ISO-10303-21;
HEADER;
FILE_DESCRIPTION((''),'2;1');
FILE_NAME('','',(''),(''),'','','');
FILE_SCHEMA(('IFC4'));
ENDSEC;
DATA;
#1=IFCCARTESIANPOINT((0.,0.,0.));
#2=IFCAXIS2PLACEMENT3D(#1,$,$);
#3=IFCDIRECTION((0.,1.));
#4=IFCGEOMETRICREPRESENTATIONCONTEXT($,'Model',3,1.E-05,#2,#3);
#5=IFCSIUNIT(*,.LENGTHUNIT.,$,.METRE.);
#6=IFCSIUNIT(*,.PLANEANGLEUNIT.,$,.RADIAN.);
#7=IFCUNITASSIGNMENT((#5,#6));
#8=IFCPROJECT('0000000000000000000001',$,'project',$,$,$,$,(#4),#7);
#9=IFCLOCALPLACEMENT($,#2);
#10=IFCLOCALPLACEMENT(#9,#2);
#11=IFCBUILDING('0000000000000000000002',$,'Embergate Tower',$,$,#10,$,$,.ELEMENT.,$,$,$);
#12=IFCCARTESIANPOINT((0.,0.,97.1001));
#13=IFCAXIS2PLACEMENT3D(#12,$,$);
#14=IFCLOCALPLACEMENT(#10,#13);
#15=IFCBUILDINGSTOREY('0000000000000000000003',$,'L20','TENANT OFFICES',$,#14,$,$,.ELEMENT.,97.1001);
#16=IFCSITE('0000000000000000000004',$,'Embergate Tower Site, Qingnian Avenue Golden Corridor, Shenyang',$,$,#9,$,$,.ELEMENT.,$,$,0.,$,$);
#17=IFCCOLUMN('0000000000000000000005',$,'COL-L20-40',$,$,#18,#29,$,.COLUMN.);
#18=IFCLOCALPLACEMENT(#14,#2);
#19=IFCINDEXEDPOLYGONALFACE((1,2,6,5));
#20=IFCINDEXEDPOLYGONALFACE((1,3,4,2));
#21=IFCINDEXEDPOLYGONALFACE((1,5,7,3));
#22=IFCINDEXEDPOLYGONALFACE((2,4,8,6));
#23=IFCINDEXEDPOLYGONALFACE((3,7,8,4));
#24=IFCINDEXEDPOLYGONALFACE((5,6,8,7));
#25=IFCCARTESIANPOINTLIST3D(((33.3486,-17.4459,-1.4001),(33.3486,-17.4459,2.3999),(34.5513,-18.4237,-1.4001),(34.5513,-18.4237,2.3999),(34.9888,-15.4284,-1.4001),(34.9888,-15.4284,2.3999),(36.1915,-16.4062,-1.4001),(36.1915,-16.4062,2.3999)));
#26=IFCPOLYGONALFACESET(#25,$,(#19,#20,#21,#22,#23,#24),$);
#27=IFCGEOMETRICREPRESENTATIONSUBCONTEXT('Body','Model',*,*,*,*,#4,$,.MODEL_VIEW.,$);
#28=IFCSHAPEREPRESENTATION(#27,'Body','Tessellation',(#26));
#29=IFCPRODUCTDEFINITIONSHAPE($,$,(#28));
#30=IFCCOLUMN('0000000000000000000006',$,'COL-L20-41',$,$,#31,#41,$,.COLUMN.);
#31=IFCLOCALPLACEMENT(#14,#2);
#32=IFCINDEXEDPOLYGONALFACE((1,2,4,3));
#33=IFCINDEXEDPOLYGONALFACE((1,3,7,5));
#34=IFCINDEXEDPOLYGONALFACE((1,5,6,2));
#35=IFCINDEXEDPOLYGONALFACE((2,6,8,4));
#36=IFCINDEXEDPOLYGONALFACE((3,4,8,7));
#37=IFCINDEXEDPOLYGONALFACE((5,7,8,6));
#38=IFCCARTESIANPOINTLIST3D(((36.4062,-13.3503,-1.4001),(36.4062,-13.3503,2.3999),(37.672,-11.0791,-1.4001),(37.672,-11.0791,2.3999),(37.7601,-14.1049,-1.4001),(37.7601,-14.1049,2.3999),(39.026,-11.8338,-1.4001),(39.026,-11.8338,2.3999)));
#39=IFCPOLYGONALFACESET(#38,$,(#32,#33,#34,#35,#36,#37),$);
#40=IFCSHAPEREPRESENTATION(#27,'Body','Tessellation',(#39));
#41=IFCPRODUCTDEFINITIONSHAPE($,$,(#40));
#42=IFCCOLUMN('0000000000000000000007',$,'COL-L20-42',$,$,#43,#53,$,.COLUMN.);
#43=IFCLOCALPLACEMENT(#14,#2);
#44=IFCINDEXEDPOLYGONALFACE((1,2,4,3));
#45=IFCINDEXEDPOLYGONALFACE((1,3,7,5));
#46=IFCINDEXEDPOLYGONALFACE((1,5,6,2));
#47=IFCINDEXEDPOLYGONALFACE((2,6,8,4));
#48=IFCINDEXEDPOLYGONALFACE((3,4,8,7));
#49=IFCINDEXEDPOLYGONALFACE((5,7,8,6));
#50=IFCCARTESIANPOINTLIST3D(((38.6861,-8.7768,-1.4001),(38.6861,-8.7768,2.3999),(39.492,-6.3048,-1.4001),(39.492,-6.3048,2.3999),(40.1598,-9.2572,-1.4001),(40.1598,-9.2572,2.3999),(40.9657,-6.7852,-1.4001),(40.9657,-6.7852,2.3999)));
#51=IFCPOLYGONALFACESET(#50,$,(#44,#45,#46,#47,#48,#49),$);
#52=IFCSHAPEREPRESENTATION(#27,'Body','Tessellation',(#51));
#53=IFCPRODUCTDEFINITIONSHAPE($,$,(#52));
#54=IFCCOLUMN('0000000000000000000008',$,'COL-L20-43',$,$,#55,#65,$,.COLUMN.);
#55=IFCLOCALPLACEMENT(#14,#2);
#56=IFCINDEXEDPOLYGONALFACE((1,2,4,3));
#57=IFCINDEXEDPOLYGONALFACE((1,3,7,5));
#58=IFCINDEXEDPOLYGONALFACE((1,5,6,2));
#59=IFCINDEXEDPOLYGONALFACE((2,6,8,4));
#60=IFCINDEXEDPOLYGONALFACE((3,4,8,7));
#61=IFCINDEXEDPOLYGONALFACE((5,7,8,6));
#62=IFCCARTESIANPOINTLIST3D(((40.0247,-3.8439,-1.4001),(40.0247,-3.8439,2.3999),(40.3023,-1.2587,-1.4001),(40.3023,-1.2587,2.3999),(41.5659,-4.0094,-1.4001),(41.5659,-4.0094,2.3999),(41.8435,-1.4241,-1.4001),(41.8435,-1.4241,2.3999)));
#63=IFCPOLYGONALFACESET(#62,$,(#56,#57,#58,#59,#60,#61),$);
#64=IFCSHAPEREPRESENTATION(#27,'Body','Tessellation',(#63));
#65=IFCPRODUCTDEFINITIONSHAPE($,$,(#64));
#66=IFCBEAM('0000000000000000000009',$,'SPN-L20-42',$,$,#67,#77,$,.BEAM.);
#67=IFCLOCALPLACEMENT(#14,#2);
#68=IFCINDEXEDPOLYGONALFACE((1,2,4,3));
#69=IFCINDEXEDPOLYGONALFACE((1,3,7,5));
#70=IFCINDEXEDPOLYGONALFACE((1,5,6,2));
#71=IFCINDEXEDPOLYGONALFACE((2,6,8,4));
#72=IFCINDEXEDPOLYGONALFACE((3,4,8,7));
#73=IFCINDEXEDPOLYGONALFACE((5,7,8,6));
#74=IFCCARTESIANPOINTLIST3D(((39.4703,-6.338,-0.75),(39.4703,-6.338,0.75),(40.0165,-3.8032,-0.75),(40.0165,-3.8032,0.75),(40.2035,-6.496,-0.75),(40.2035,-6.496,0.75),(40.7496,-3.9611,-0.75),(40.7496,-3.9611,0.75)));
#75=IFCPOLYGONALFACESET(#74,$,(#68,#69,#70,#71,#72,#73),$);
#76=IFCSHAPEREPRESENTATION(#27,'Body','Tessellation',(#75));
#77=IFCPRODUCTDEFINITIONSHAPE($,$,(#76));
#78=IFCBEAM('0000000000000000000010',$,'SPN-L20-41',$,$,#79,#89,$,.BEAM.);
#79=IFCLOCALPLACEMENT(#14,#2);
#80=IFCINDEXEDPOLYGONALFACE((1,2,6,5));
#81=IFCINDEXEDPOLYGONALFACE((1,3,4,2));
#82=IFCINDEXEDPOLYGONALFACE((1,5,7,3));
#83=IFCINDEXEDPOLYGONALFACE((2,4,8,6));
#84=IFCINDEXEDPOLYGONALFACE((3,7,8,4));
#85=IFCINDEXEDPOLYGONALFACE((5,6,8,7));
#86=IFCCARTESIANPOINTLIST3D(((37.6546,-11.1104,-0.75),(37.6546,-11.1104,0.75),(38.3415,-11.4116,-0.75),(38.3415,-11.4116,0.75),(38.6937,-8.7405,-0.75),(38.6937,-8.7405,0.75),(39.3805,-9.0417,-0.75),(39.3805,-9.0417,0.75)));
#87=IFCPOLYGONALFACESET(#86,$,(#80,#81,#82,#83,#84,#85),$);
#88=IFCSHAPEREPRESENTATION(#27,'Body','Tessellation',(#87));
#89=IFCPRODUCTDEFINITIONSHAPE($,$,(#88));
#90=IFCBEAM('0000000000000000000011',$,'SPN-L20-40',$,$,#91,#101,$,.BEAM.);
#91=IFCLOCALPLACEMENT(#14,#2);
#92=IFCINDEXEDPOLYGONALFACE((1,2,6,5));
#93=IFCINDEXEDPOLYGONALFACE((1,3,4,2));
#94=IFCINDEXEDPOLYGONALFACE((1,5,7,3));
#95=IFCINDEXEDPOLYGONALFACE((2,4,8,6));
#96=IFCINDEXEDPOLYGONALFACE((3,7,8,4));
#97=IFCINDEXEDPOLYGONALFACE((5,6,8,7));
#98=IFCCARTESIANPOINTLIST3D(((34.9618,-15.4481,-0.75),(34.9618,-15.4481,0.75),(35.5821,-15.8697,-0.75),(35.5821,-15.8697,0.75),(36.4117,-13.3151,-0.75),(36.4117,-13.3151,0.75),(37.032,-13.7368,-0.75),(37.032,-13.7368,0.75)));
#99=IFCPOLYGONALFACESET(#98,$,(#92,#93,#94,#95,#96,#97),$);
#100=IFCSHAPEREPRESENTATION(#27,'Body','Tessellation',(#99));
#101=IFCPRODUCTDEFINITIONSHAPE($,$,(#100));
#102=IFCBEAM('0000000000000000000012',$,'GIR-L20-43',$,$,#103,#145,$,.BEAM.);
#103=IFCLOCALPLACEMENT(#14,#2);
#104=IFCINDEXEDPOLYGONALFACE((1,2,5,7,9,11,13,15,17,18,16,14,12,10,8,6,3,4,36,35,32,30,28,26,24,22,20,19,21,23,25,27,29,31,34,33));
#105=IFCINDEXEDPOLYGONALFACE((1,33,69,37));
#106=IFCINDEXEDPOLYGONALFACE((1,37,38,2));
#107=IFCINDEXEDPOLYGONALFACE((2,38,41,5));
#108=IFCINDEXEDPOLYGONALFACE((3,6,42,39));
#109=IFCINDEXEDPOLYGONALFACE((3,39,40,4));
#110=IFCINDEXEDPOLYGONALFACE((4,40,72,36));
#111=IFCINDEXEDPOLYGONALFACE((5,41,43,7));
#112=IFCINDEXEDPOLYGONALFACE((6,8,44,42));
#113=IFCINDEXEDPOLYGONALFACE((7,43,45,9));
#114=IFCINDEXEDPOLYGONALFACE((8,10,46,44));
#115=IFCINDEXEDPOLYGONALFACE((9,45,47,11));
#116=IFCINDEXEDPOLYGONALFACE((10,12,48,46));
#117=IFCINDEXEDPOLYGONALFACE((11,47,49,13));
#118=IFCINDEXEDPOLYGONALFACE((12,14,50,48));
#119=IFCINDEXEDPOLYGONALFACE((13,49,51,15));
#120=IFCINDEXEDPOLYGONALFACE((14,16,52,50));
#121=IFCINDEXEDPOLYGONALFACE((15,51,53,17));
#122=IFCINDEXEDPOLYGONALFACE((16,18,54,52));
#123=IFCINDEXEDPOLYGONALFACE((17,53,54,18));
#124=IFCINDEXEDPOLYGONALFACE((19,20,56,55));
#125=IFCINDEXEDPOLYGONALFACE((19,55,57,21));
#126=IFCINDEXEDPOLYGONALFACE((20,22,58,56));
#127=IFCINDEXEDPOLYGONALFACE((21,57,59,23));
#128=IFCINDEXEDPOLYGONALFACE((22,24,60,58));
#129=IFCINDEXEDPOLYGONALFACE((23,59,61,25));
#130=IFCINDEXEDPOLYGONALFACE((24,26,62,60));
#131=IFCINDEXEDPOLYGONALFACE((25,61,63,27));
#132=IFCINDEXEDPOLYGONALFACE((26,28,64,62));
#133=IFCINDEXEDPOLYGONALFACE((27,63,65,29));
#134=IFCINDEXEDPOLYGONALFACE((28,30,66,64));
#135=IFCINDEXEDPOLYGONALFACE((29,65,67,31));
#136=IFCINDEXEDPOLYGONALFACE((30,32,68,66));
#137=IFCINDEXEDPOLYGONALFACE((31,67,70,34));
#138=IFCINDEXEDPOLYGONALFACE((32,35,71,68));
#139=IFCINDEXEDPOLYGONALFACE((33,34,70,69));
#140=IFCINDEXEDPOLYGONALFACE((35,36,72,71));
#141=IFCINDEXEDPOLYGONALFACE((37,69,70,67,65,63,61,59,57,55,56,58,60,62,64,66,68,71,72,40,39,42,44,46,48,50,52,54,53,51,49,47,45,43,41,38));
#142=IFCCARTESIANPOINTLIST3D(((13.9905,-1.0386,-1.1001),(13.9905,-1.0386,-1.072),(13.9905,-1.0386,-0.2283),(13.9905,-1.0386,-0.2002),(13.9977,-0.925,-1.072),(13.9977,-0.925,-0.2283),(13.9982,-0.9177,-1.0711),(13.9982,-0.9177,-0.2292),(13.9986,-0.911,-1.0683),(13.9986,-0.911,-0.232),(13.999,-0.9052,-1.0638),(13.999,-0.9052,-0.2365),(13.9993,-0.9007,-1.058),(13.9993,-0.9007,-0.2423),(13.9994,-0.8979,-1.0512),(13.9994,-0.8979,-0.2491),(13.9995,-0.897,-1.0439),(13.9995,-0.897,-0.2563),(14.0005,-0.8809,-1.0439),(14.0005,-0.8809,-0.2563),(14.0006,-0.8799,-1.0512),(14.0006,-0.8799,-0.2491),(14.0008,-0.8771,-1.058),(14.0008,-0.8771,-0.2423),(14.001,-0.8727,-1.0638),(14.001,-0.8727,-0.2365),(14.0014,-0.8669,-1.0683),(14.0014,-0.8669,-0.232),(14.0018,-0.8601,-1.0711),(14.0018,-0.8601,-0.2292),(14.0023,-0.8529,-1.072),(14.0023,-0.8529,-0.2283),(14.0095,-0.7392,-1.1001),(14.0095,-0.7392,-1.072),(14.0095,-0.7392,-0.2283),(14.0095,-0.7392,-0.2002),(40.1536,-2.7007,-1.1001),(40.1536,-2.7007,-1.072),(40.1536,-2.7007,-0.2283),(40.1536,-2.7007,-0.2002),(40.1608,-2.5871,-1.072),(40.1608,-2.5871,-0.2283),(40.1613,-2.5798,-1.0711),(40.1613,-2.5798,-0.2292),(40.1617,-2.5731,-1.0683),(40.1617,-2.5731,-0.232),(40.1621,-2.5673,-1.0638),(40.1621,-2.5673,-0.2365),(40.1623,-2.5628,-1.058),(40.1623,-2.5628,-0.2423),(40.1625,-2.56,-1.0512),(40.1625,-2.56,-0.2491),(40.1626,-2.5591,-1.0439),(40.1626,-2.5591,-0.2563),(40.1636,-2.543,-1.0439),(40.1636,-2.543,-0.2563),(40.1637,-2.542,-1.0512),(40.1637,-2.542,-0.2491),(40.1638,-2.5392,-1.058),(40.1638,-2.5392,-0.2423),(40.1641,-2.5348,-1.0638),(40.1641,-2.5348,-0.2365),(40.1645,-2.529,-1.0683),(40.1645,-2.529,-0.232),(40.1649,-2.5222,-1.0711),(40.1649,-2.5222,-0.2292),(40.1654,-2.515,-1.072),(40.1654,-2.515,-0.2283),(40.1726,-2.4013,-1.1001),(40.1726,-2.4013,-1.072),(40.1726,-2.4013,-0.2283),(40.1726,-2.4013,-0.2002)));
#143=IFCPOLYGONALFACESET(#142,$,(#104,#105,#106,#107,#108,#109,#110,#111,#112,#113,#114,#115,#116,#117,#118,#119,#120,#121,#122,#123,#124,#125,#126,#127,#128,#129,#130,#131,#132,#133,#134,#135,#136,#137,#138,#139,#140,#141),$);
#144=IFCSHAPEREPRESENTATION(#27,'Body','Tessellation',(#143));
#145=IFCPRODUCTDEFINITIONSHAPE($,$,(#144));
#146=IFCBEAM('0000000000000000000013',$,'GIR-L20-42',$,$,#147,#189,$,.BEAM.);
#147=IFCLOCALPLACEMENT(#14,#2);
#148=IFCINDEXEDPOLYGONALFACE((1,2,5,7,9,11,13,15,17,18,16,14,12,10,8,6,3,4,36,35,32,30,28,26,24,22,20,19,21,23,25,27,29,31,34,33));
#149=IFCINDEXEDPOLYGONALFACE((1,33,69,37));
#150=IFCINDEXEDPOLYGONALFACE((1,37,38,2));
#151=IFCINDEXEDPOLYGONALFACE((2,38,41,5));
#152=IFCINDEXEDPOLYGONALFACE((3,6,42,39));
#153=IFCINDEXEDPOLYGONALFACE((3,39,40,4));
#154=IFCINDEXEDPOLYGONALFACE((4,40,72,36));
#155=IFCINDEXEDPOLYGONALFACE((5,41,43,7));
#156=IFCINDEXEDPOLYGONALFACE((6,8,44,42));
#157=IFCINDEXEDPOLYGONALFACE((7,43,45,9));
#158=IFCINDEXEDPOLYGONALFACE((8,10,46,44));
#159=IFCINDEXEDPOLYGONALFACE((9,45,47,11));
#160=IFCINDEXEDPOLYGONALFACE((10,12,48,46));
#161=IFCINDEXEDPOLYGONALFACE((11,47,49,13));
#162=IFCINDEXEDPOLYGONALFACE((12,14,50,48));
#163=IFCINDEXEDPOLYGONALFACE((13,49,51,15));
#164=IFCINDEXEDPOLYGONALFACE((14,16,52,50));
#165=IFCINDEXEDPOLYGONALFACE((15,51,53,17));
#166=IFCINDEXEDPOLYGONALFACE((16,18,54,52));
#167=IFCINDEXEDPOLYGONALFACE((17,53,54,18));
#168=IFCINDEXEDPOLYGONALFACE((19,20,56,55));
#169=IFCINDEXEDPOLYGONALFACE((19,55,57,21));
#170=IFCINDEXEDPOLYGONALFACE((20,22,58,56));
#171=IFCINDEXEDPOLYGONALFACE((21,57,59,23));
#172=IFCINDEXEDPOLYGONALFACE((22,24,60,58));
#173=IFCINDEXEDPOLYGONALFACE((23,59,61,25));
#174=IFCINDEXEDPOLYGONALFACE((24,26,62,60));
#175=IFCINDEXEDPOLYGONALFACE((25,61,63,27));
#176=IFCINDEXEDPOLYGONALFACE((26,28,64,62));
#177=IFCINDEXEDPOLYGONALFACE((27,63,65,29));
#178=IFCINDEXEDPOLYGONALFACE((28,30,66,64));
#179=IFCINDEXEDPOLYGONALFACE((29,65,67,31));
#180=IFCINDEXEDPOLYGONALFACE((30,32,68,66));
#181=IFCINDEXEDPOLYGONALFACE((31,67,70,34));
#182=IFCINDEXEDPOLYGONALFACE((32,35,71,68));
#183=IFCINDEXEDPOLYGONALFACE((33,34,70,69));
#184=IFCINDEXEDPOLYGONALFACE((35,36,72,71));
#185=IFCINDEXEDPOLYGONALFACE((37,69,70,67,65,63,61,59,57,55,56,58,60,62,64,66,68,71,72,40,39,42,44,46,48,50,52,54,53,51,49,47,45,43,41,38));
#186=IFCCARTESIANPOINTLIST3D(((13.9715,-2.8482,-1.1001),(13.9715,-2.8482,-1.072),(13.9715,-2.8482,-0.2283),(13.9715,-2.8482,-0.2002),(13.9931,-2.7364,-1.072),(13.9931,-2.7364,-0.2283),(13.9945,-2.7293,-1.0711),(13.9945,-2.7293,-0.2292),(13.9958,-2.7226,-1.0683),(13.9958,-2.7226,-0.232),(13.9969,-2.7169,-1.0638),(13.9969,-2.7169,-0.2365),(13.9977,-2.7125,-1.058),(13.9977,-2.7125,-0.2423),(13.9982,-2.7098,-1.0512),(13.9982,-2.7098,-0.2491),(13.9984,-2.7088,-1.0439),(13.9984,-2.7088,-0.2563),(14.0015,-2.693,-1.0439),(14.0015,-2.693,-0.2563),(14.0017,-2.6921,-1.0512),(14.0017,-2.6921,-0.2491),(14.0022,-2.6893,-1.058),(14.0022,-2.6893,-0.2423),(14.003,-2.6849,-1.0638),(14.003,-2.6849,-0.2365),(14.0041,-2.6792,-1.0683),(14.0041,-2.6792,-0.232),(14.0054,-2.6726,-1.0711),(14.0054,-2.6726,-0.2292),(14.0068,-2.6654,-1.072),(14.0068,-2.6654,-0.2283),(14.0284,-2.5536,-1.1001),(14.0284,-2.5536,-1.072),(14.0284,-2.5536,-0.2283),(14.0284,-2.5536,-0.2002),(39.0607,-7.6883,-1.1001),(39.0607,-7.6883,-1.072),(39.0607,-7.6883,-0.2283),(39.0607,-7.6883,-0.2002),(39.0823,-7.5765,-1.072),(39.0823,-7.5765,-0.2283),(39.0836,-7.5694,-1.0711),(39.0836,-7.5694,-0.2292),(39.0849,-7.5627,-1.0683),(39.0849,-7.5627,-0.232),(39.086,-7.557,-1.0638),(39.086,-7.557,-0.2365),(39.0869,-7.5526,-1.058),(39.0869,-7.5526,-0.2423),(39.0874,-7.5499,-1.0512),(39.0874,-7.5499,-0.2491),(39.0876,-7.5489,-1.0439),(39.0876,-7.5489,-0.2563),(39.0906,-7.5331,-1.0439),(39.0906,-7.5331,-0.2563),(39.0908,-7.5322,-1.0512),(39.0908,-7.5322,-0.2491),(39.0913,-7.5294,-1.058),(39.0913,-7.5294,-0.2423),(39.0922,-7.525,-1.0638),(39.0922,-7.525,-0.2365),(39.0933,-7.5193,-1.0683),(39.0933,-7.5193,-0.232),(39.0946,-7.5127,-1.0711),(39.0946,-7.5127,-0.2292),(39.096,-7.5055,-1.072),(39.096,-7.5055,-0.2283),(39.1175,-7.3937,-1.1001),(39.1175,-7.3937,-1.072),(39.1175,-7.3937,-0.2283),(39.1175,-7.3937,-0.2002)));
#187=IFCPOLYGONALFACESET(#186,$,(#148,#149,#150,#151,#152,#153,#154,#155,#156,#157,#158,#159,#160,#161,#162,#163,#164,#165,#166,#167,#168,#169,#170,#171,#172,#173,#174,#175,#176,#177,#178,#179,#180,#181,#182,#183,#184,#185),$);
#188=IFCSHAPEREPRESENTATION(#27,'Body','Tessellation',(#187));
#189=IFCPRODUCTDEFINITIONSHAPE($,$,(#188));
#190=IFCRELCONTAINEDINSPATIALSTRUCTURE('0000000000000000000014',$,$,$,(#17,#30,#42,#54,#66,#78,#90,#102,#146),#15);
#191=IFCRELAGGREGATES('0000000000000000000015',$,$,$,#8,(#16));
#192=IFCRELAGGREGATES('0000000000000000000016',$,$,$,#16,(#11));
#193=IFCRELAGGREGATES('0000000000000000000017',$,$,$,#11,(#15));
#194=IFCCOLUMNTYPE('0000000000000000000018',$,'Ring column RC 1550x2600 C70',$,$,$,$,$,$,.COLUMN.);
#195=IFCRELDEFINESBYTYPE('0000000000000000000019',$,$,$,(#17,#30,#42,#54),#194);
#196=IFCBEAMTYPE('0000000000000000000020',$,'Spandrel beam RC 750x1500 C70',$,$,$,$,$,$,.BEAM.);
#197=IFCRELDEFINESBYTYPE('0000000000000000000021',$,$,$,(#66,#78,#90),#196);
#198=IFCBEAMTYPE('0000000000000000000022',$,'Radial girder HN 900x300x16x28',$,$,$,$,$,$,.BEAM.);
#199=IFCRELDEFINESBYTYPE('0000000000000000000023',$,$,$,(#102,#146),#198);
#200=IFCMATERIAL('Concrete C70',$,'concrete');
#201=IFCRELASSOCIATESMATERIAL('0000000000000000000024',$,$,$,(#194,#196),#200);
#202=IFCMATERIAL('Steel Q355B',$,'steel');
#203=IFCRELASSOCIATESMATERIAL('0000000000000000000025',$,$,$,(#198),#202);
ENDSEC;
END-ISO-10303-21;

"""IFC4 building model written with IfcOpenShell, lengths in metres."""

from ifc_helpers import new_model, si_unit, direction, frame, origin, origin_2d, place, context, subcontext, project, spatial, rectangle, i_section, extrude, source, transform, mapped, material, material_profile, profile_set, type_object, element, save


model = new_model("IFC4")

# Units and contexts
model_context = context("Model", 3, precision=1e-05, world=origin(), true_north=direction((0.0, 1.0)))
body_context = subcontext(model_context, "Body", "Model", "MODEL_VIEW")
ifc_project = project(units=[si_unit("LENGTHUNIT", "METRE"), si_unit("PLANEANGLEUNIT", "RADIAN")], contexts=[model_context])

# Site, building, storey
site_placement = place(None, origin())
site = spatial("IfcSite", under=ifc_project, at=site_placement, Name="Embergate Tower Site, Qingnian Avenue Golden Corridor, Shenyang", CompositionType="ELEMENT", RefElevation=0.0)
building_placement = place(site_placement, origin())
building = spatial("IfcBuilding", under=site, at=building_placement, Name="Embergate Tower", CompositionType="ELEMENT")
storey_placement = place(building_placement, frame((0.0, 0.0, 97.1001)))
storey = spatial("IfcBuildingStorey", under=building, at=storey_placement, Name="L20", Description="TENANT OFFICES", CompositionType="ELEMENT", Elevation=97.1001)

# Columns
ifc_material_1 = material(Name="Concrete C70", Category="concrete")
ifc_material_profile_1 = material_profile(ifc_material_1, rectangle(XDim=1.55, YDim=2.6001, at=origin_2d()), Name="RC 1550x2600")
ifc_profile_set_1 = profile_set([ifc_material_profile_1], Name="Concrete C70")
column_type = type_object("IfcColumnType", Name="Ring column RC 1550x2600 C70", PredefinedType="COLUMN", material=ifc_profile_set_1)
shared_shape_1 = source(origin(), body_context, "Body", "SweptSolid", [
    extrude(rectangle(XDim=1.55, YDim=2.6001, at=origin_2d()), origin(), (0.0, 0.0, 1.0), 3.8),
])
for number, where, z_axis, x_axis, name in (
    (1, (34.77, -16.926, -1.4001), (0.0, 0.0, 1.0), (0.775925, -0.630825, 0.0), "COL-L20-40"),
    (2, (37.7161, -12.592, -1.4001), (0.0, 0.0, 1.0), (0.873492, -0.486839, 0.0), "COL-L20-41"),
    (3, (39.8259, -7.781, -1.4001), (0.0, 0.0, 1.0), (0.950754, -0.309946, 0.0), "COL-L20-42"),
    (4, (40.9341, -2.634, -1.4001), (0.0, 0.0, 1.0), (0.994286, -0.10675, 0.0), "COL-L20-43"),
):
    element("IfcColumn", number, at=place(storey_placement, frame(where, z_axis=z_axis, x_axis=x_axis)), inside=storey, type_object=column_type, Name=name, PredefinedType="COLUMN", context=body_context, shape_type="MappedRepresentation", body=[
        mapped(shared_shape_1, transform((0.0, 0.0, 0.0))),
    ])

# Beams
ifc_material_profile_2 = material_profile(ifc_material_1, rectangle(XDim=0.75, YDim=1.5, at=origin_2d()), Name="RC 750x1500")
ifc_profile_set_2 = profile_set([ifc_material_profile_2], Name="Concrete C70")
beam_type_1 = type_object("IfcBeamType", Name="Spandrel beam RC 750x1500 C70", PredefinedType="BEAM", material=ifc_profile_set_2)
shared_shape_2 = source(origin(), body_context, "Body", "SweptSolid", [
    extrude(rectangle(XDim=0.75, YDim=1.5, at=origin_2d()), origin(), (0.0, 0.0, 1.0), 2.593),
])
beam_1_placement = place(storey_placement, frame((39.8369, -6.417, 0.0), z_axis=(0.210616, 0.977569, 0.0), x_axis=(-0.977569, 0.210616, 0.0)))
element("IfcBeam", 5, at=beam_1_placement, inside=storey, type_object=beam_type_1, Name="SPN-L20-42", PredefinedType="BEAM", context=body_context, shape_type="MappedRepresentation", body=[
    mapped(shared_shape_2, transform((0.0, 0.0, 0.0))),
])
shared_shape_3 = source(origin(), body_context, "Body", "SweptSolid", [
    extrude(rectangle(XDim=0.75, YDim=1.5, at=origin_2d()), origin(), (0.0, 0.0, 1.0), 2.5876),
])
beam_2_placement = place(storey_placement, frame((37.998, -11.261, 0.0), z_axis=(0.401546, 0.915839, 0.0), x_axis=(-0.915839, 0.401546, 0.0)))
element("IfcBeam", 6, at=beam_2_placement, inside=storey, type_object=beam_type_1, Name="SPN-L20-41", PredefinedType="BEAM", context=body_context, shape_type="MappedRepresentation", body=[
    mapped(shared_shape_3, transform((0.0, 0.0, 0.0))),
])
shared_shape_4 = source(origin(), body_context, "Body", "SweptSolid", [
    extrude(rectangle(XDim=0.75, YDim=1.5, at=origin_2d()), origin(), (0.0, 0.0, 1.0), 2.5791),
])
beam_3_placement = place(storey_placement, frame((35.272, -15.6589, 0.0), z_axis=(0.56217, 0.827022, 0.0), x_axis=(-0.827022, 0.56217, 0.0)))
element("IfcBeam", 7, at=beam_3_placement, inside=storey, type_object=beam_type_1, Name="SPN-L20-40", PredefinedType="BEAM", context=body_context, shape_type="MappedRepresentation", body=[
    mapped(shared_shape_4, transform((0.0, 0.0, 0.0))),
])
ifc_material_2 = material(Name="Steel Q355B", Category="steel")
ifc_material_profile_3 = material_profile(ifc_material_2, i_section(OverallWidth=0.3, OverallDepth=0.8999, WebThickness=0.0161, FlangeThickness=0.0281, FilletRadius=0.0281, at=origin_2d()), Name="HN 900x300x16x28")
ifc_profile_set_3 = profile_set([ifc_material_profile_3], Name="Steel Q355 grade B")
beam_type_2 = type_object("IfcBeamType", Name="Radial girder HN 900x300x16x28", PredefinedType="BEAM", material=ifc_profile_set_3)
shared_shape_5 = source(origin(), body_context, "Body", "SweptSolid", [
    extrude(i_section(OverallWidth=0.3, OverallDepth=0.8999, WebThickness=0.0161, FlangeThickness=0.0281, FilletRadius=0.0281, at=origin_2d()), origin(), (0.0, 0.0, 1.0), 26.2158),
])
beam_4_placement = place(storey_placement, frame((40.1631, -2.551, -0.6501), z_axis=(-0.997988, 0.063401, 0.0), x_axis=(-0.063401, -0.997988, 0.0)))
element("IfcBeam", 8, at=beam_4_placement, inside=storey, type_object=beam_type_2, Name="GIR-L20-43", PredefinedType="BEAM", context=body_context, shape_type="MappedRepresentation", body=[
    mapped(shared_shape_5, transform((0.0, 0.0, 0.0))),
])
shared_shape_6 = source(origin(), body_context, "Body", "SweptSolid", [
    extrude(i_section(OverallWidth=0.3, OverallDepth=0.8999, WebThickness=0.0161, FlangeThickness=0.0281, FilletRadius=0.0281, at=origin_2d()), origin(), (0.0, 0.0, 1.0), 25.5518),
])
beam_5_placement = place(storey_placement, frame((39.0891, -7.541, -0.6501), z_axis=(-0.981896, 0.189423, 0.0), x_axis=(-0.189423, -0.981896, 0.0)))
element("IfcBeam", 9, at=beam_5_placement, inside=storey, type_object=beam_type_2, Name="GIR-L20-42", PredefinedType="BEAM", context=body_context, shape_type="MappedRepresentation", body=[
    mapped(shared_shape_6, transform((0.0, 0.0, 0.0))),
])

save(model, "model.ifc")
